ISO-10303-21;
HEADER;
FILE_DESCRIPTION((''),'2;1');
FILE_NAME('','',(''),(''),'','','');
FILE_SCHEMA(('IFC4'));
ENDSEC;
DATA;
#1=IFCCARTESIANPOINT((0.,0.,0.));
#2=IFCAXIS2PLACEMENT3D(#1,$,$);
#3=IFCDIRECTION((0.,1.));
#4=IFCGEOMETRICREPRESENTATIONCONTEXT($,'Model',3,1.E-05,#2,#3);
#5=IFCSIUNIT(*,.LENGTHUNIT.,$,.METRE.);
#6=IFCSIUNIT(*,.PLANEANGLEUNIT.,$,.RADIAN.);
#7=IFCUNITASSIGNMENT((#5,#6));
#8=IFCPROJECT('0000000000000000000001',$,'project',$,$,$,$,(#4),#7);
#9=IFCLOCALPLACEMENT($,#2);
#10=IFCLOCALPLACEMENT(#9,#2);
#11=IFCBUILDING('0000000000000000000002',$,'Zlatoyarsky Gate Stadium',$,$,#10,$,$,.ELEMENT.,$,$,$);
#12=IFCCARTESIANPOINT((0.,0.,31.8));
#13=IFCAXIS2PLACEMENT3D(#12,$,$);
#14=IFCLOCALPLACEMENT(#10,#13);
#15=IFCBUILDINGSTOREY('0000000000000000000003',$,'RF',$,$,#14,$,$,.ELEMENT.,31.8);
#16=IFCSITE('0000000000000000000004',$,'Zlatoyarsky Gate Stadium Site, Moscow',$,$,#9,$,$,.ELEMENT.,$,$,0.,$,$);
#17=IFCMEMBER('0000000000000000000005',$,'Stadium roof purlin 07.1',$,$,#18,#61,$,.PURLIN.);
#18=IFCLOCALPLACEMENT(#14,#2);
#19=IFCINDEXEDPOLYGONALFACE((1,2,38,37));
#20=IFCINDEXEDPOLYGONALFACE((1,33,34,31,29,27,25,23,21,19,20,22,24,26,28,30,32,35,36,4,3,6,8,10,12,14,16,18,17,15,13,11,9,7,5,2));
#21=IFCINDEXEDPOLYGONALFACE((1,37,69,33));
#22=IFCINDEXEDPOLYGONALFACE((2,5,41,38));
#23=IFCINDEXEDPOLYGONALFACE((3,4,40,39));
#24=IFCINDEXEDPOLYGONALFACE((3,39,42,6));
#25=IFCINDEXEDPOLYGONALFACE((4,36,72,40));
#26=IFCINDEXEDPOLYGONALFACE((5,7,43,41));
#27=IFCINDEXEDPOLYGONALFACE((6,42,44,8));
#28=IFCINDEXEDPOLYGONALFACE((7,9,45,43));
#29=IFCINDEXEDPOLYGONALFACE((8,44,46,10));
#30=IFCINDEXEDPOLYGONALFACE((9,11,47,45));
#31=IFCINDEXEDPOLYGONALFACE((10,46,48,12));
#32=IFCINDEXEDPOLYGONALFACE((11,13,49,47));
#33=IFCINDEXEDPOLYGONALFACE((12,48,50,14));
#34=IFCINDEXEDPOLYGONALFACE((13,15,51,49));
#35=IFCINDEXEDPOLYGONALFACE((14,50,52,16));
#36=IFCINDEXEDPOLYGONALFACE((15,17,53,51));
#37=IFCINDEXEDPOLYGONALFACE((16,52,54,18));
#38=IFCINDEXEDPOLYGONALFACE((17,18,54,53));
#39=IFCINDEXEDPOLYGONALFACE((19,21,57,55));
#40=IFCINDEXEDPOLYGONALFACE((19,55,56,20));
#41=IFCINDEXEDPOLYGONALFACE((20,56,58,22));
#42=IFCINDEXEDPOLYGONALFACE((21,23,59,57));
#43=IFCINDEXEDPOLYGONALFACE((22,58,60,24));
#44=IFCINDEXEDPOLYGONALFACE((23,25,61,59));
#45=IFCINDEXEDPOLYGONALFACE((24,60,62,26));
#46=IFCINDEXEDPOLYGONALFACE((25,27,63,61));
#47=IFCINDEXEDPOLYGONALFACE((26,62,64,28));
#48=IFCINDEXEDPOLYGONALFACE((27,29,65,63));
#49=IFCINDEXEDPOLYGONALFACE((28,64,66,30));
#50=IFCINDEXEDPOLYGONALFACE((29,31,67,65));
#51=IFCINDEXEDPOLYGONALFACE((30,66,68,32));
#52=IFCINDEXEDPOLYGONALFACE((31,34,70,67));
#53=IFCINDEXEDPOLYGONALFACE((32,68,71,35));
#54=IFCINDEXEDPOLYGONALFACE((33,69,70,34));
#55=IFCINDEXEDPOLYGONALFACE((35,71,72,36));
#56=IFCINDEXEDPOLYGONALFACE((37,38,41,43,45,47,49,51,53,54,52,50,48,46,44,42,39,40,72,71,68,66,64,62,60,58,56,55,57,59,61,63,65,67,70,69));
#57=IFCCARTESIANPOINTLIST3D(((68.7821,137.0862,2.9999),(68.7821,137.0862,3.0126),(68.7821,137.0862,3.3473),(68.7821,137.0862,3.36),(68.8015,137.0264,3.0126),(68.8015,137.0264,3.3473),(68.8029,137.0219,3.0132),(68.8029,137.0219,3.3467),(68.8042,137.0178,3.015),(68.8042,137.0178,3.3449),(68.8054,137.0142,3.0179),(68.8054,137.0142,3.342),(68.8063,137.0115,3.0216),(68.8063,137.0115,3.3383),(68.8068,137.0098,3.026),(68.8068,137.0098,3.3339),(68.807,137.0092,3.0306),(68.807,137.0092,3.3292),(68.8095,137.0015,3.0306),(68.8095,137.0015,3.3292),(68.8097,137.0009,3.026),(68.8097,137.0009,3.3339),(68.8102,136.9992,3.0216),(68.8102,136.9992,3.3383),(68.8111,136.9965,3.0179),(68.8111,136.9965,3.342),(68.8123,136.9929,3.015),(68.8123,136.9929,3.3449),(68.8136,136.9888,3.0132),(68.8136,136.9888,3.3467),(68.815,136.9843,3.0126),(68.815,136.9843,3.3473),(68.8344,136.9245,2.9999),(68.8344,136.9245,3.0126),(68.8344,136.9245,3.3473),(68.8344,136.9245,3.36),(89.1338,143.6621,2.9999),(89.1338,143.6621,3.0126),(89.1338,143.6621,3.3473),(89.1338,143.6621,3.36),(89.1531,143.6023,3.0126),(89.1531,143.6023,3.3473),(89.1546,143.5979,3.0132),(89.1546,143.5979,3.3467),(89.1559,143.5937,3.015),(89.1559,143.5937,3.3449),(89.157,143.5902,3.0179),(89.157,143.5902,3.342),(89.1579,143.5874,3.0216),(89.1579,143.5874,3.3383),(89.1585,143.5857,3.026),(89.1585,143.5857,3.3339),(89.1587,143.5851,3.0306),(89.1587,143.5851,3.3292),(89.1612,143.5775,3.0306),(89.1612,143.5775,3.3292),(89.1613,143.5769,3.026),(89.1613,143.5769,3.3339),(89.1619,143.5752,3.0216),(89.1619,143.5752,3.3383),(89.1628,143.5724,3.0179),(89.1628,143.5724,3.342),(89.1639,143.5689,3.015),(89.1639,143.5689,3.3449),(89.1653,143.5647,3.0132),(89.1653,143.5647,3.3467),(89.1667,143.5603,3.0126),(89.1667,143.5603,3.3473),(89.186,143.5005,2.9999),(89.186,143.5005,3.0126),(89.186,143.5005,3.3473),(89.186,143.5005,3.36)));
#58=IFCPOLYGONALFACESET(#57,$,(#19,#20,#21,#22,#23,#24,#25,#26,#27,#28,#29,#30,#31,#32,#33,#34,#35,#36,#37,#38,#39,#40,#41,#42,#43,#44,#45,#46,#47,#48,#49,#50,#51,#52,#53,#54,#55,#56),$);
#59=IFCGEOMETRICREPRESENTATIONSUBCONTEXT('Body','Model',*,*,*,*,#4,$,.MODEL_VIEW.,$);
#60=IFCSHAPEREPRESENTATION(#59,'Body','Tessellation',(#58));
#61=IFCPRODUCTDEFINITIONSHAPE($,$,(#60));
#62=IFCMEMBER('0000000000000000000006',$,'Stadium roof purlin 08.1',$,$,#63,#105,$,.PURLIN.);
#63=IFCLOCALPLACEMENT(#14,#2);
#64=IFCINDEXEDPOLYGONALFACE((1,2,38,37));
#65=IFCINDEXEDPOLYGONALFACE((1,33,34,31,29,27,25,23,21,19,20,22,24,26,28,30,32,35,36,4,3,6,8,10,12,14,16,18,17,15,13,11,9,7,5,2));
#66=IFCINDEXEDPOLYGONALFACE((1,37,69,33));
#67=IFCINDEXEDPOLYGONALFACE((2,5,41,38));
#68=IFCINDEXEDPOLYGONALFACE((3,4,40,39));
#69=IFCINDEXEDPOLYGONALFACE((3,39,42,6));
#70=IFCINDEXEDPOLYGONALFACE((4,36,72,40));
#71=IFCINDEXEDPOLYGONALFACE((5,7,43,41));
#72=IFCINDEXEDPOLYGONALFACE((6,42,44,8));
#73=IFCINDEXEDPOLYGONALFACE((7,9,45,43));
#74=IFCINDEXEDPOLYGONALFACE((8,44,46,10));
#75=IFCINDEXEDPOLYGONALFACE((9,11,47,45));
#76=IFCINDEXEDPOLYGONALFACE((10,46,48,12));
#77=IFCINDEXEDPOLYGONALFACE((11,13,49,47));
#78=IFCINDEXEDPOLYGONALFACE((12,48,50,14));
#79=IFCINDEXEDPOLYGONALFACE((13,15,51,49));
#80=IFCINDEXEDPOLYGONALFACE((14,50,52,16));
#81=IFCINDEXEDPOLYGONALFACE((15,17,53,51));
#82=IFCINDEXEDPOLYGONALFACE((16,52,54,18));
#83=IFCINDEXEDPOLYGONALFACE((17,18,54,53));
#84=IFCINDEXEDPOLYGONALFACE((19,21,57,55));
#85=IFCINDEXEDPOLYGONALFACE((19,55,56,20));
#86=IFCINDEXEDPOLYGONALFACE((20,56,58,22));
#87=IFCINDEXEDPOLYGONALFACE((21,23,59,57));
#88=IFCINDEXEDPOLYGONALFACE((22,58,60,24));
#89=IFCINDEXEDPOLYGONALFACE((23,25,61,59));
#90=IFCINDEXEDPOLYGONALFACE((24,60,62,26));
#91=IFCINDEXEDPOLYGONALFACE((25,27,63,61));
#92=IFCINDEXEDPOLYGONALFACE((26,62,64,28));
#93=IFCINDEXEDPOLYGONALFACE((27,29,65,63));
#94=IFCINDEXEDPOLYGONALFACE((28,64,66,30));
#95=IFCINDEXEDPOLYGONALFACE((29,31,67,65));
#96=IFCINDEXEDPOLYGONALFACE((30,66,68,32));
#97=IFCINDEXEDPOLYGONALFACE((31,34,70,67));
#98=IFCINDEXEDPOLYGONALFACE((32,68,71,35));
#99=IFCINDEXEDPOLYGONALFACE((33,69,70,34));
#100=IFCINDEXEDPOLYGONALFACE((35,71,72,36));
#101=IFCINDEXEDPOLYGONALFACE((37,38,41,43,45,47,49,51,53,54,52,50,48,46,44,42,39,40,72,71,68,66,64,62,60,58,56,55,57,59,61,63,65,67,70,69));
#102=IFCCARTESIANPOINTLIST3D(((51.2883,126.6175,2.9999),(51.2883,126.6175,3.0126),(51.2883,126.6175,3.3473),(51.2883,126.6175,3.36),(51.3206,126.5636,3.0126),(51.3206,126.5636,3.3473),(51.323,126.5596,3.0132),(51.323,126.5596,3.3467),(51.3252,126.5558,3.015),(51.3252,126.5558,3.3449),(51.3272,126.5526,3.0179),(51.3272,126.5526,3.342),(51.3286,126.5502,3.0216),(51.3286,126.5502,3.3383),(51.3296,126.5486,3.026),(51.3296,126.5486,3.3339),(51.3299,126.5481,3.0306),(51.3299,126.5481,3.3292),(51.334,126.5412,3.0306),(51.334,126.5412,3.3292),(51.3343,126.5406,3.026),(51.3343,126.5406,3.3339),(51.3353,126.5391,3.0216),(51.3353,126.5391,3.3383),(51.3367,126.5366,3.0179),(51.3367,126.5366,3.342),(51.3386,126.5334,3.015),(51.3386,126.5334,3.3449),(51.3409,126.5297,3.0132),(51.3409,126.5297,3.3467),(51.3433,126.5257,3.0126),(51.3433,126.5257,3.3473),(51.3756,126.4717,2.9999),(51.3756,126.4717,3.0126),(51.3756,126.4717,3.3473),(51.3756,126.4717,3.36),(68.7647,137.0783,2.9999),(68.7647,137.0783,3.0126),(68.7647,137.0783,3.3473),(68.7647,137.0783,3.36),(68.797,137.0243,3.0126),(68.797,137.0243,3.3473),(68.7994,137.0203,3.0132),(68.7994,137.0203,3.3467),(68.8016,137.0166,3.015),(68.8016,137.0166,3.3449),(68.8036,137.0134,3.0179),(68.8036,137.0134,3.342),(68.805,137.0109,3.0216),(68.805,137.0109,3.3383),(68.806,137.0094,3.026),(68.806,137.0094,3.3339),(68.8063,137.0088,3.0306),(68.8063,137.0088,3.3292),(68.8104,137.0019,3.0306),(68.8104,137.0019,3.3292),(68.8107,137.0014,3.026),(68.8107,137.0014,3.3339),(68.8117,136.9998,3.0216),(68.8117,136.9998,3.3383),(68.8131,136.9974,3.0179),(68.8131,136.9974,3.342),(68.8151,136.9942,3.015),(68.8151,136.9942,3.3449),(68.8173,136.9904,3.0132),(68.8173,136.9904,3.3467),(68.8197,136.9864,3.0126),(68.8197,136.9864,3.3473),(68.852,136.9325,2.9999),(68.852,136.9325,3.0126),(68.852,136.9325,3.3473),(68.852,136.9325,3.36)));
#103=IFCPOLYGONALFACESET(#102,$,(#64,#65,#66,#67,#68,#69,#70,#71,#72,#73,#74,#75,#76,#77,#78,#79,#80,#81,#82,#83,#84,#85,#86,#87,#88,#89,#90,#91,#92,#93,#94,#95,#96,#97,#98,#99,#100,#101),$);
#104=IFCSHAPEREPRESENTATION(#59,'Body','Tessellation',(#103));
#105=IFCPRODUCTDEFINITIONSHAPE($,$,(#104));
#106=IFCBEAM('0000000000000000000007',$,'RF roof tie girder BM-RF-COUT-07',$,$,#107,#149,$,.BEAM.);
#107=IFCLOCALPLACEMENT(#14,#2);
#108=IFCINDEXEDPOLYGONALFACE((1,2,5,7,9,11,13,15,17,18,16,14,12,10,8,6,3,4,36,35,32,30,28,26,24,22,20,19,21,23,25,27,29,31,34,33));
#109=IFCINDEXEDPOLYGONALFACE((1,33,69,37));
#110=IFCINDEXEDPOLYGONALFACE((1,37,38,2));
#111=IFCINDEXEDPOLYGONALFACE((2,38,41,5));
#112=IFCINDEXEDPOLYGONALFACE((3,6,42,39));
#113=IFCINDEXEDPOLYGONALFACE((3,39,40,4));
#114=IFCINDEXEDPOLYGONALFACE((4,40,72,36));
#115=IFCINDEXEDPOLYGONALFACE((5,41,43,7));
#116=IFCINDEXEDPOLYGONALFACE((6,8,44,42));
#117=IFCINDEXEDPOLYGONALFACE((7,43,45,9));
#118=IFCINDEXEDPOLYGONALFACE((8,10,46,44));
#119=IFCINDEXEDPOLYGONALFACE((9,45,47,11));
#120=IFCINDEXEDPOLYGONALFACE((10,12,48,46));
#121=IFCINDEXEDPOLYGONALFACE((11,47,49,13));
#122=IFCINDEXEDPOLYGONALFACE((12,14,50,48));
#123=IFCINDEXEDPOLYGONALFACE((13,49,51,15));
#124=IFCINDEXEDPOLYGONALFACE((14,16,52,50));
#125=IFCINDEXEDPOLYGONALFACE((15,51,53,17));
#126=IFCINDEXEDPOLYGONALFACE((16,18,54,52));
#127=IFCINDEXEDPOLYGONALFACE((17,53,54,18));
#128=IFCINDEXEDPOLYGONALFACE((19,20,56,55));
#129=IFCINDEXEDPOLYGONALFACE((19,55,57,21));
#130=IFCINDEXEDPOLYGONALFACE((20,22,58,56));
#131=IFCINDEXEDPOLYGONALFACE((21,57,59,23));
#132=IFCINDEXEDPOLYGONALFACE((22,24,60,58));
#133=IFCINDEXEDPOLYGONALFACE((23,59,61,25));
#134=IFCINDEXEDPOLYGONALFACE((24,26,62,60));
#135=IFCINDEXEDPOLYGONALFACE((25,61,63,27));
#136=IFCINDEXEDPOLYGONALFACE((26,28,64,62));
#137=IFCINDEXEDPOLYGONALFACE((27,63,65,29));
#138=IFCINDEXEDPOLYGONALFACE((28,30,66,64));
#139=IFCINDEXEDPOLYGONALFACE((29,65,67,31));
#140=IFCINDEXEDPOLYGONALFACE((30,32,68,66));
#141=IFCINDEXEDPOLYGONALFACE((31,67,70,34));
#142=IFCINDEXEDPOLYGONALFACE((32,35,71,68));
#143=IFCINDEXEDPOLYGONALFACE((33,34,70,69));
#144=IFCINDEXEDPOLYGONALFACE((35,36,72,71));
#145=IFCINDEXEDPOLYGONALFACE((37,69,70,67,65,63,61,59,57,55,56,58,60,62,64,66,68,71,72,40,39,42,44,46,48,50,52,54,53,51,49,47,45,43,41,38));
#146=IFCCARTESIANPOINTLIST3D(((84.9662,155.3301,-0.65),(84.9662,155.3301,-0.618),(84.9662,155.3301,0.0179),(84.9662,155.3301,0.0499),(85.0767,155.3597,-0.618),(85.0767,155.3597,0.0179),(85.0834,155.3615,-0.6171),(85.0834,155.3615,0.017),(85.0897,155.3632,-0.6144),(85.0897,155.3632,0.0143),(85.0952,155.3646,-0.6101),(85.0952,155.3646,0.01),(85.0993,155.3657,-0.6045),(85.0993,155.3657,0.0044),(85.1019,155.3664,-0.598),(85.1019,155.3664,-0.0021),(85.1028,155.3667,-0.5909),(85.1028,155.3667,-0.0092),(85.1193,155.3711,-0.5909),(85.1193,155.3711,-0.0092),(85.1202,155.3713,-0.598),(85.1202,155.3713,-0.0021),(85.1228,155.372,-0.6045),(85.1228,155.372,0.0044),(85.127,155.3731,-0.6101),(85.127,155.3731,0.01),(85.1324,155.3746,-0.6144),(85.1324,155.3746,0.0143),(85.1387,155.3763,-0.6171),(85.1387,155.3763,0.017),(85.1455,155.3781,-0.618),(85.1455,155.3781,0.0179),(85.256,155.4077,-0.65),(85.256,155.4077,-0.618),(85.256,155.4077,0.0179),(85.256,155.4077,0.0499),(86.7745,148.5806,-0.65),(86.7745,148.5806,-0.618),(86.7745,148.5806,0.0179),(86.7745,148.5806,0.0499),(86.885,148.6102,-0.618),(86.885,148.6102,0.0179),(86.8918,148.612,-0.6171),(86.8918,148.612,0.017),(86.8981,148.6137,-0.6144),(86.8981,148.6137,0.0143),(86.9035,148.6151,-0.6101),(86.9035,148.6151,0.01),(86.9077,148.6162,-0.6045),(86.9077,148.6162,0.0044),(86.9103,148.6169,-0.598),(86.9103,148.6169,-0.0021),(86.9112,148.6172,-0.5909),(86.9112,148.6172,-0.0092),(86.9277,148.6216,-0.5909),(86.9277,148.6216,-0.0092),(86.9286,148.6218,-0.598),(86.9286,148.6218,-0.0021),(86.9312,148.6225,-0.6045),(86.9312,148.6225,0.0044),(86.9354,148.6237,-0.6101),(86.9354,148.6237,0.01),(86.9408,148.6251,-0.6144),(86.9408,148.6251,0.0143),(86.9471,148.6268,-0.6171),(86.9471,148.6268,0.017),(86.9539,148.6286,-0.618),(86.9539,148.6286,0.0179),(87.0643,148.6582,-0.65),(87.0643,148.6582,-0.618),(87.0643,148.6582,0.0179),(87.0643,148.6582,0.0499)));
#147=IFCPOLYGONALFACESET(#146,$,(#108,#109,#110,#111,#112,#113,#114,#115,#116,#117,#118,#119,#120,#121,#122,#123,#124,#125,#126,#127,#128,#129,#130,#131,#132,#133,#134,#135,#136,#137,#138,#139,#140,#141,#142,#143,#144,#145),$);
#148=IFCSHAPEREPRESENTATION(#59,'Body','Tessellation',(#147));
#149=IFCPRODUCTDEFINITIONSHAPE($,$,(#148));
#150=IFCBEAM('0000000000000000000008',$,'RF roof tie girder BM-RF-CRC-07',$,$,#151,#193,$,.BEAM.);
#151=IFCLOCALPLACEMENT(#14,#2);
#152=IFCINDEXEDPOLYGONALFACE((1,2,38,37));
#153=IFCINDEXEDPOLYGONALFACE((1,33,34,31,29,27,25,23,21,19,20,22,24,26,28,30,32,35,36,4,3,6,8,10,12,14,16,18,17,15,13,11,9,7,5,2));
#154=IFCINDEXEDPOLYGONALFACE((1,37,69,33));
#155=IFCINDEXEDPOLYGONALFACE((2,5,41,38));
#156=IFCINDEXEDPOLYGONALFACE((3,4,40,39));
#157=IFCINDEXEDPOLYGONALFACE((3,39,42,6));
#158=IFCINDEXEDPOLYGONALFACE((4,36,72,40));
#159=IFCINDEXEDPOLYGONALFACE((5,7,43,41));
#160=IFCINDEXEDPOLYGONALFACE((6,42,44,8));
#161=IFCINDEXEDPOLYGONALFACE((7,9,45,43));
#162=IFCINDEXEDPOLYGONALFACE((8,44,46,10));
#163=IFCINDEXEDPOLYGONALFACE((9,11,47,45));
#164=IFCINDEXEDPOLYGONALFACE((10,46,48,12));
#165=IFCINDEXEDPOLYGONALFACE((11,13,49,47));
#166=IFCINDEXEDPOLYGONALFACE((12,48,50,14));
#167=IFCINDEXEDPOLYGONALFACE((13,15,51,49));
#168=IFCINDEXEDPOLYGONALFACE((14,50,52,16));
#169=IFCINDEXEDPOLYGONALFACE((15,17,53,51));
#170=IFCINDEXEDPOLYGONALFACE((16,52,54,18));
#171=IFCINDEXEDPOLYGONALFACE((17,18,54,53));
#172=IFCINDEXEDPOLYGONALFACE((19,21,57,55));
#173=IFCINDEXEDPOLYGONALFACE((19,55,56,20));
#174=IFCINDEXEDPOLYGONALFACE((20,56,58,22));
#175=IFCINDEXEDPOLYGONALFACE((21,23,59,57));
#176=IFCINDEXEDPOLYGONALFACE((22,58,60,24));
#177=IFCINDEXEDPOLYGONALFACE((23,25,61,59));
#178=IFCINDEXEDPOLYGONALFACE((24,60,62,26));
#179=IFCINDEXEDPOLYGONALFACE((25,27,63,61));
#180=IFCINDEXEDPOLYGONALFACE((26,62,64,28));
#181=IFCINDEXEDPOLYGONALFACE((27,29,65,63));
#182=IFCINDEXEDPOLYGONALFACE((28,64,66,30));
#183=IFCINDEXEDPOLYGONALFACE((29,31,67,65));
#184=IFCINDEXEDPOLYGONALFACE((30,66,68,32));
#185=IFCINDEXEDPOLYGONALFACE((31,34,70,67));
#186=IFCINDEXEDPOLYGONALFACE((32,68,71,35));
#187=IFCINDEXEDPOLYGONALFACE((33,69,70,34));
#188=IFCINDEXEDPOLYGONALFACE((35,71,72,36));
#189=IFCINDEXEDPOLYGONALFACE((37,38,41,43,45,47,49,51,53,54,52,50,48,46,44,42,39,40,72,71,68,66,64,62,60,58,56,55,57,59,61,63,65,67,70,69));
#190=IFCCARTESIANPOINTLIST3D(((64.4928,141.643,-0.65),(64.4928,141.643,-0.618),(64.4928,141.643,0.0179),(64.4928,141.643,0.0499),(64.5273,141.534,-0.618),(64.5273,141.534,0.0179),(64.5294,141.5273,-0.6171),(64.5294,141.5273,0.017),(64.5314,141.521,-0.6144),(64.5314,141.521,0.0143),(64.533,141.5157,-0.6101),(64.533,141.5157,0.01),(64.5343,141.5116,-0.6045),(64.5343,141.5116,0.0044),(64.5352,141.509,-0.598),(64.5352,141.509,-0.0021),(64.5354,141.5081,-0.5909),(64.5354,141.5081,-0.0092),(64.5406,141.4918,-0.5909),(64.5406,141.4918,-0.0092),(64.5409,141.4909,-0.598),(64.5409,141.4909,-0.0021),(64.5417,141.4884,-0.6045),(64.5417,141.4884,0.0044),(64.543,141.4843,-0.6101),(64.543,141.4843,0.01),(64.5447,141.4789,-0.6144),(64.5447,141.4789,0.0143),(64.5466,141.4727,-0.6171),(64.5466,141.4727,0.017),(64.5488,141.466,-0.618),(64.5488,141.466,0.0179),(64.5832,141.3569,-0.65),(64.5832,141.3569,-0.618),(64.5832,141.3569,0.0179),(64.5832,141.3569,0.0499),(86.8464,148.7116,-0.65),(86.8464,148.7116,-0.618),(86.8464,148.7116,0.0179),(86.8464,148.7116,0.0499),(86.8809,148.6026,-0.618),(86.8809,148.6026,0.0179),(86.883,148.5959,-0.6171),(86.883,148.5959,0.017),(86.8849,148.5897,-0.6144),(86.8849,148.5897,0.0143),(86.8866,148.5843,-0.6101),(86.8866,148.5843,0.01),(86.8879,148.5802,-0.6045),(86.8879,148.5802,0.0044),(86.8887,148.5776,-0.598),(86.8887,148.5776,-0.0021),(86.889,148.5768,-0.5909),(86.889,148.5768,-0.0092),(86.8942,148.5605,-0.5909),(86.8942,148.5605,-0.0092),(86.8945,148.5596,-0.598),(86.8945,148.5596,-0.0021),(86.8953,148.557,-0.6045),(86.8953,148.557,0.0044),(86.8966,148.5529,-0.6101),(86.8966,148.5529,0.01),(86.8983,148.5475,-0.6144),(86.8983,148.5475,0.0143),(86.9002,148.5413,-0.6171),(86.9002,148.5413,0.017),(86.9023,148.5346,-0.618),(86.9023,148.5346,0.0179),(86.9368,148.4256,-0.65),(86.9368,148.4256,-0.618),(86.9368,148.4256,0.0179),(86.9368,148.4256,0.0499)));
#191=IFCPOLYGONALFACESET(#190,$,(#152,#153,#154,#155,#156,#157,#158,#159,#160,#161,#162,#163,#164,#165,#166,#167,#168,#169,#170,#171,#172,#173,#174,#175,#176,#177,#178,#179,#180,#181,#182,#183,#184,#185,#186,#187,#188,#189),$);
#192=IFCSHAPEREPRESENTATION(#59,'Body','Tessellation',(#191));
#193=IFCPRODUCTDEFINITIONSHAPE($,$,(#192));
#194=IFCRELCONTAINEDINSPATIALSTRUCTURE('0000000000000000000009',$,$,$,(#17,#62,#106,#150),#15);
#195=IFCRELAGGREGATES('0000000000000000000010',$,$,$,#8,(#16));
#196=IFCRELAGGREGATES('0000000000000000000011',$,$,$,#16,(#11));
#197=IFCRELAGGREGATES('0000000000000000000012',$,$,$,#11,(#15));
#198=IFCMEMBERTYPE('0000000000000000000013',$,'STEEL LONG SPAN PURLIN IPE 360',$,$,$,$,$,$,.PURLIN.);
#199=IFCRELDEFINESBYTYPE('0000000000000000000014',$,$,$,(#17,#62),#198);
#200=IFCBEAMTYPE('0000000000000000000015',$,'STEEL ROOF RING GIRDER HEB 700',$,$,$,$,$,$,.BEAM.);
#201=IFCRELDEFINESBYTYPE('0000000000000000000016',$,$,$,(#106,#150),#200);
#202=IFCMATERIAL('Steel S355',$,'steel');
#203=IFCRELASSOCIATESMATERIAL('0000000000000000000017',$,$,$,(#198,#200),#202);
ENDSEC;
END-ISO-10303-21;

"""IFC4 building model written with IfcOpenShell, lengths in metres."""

from ifc_helpers import new_model, si_unit, direction, frame, origin, origin_2d, place, context, subcontext, project, spatial, i_section, extrude, material, material_profile, profile_set, type_object, element, save


model = new_model("IFC4")

# Units and contexts
model_context = context("Model", 3, precision=1e-05, world=origin(), true_north=direction((0.0, 1.0)))
body_context = subcontext(model_context, "Body", "Model", "MODEL_VIEW")
ifc_project = project(units=[si_unit("LENGTHUNIT", "METRE"), si_unit("PLANEANGLEUNIT", "RADIAN")], contexts=[model_context])

# Site, building, storey
site_placement = place(None, origin())
site = spatial("IfcSite", under=ifc_project, at=site_placement, Name="Zlatoyarsky Gate Stadium Site, Moscow", CompositionType="ELEMENT", RefElevation=0.0)
building_placement = place(site_placement, origin())
building = spatial("IfcBuilding", under=site, at=building_placement, Name="Zlatoyarsky Gate Stadium", CompositionType="ELEMENT")
storey_placement = place(building_placement, frame((0.0, 0.0, 31.8)))
storey = spatial("IfcBuildingStorey", under=building, at=storey_placement, Name="RF", CompositionType="ELEMENT", Elevation=31.8)

# Members
ifc_material_1 = material(Name="Steel S355", Category="steel")
ifc_material_profile_1 = material_profile(ifc_material_1, i_section(OverallWidth=0.1699, OverallDepth=0.3601, WebThickness=0.0081, FlangeThickness=0.0127, FilletRadius=0.0181, at=origin_2d()), Name="IPE 360")
ifc_profile_set_1 = profile_set([ifc_material_profile_1], Name="Steel S355")
member_type_1 = type_object("IfcMemberType", Name="STEEL LONG SPAN PURLIN IPE 360", PredefinedType="PURLIN", material=ifc_profile_set_1)
member_1_placement = place(storey_placement, frame((89.1599, 143.5813, 3.1799), z_axis=(-0.951559, -0.307465, 0.0), x_axis=(0.307465, -0.951559, 0.0)))
element("IfcMember", 1, at=member_1_placement, inside=storey, type_object=member_type_1, Name="Stadium roof purlin 07.1", PredefinedType="PURLIN", context=body_context, shape_type="SweptSolid", body=[
    extrude(i_section(OverallWidth=0.1699, OverallDepth=0.3601, WebThickness=0.0081, FlangeThickness=0.0127, FilletRadius=0.0181, at=origin_2d()), origin(), (0.0, 0.0, 1.0), 21.3877),
])
member_2_placement = place(storey_placement, frame((68.8083, 137.0054, 3.1799), z_axis=(-0.858036, -0.513589, 0.0), x_axis=(0.513589, -0.858036, 0.0)))
element("IfcMember", 2, at=member_2_placement, inside=storey, type_object=member_type_1, Name="Stadium roof purlin 08.1", PredefinedType="PURLIN", context=body_context, shape_type="SweptSolid", body=[
    extrude(i_section(OverallWidth=0.1699, OverallDepth=0.3601, WebThickness=0.0081, FlangeThickness=0.0127, FilletRadius=0.0181, at=origin_2d()), origin(), (0.0, 0.0, 1.0), 20.3679),
])

# Beams
ifc_material_profile_2 = material_profile(ifc_material_1, i_section(OverallWidth=0.3, OverallDepth=0.7, WebThickness=0.0171, FlangeThickness=0.032, FilletRadius=0.0271, at=origin_2d()), Name="HEB 700")
ifc_profile_set_2 = profile_set([ifc_material_profile_2], Name="Steel S355")
beam_type = type_object("IfcBeamType", Name="STEEL ROOF RING GIRDER HEB 700", PredefinedType="BEAM", material=ifc_profile_set_2)
beam_1_placement = place(storey_placement, frame((86.9194, 148.6194, -0.3), z_axis=(-0.258795, 0.965932, 0.0), x_axis=(-0.965932, -0.258795, 0.0)))
element("IfcBeam", 3, at=beam_1_placement, inside=storey, type_object=beam_type, Name="RF roof tie girder BM-RF-COUT-07", PredefinedType="BEAM", context=body_context, shape_type="SweptSolid", body=[
    extrude(i_section(OverallWidth=0.3, OverallDepth=0.7, WebThickness=0.0171, FlangeThickness=0.032, FilletRadius=0.0271, at=origin_2d()), origin(), (0.0, 0.0, 1.0), 6.9875),
])
beam_2_placement = place(storey_placement, frame((86.8916, 148.5686, -0.3), z_axis=(-0.953465, -0.301504, 0.0), x_axis=(0.301504, -0.953465, 0.0)))
element("IfcBeam", 4, at=beam_2_placement, inside=storey, type_object=beam_type, Name="RF roof tie girder BM-RF-CRC-07", PredefinedType="BEAM", context=body_context, shape_type="SweptSolid", body=[
    extrude(i_section(OverallWidth=0.3, OverallDepth=0.7, WebThickness=0.0171, FlangeThickness=0.032, FilletRadius=0.0271, at=origin_2d()), origin(), (0.0, 0.0, 1.0), 23.4446),
])

save(model, "model.ifc")
